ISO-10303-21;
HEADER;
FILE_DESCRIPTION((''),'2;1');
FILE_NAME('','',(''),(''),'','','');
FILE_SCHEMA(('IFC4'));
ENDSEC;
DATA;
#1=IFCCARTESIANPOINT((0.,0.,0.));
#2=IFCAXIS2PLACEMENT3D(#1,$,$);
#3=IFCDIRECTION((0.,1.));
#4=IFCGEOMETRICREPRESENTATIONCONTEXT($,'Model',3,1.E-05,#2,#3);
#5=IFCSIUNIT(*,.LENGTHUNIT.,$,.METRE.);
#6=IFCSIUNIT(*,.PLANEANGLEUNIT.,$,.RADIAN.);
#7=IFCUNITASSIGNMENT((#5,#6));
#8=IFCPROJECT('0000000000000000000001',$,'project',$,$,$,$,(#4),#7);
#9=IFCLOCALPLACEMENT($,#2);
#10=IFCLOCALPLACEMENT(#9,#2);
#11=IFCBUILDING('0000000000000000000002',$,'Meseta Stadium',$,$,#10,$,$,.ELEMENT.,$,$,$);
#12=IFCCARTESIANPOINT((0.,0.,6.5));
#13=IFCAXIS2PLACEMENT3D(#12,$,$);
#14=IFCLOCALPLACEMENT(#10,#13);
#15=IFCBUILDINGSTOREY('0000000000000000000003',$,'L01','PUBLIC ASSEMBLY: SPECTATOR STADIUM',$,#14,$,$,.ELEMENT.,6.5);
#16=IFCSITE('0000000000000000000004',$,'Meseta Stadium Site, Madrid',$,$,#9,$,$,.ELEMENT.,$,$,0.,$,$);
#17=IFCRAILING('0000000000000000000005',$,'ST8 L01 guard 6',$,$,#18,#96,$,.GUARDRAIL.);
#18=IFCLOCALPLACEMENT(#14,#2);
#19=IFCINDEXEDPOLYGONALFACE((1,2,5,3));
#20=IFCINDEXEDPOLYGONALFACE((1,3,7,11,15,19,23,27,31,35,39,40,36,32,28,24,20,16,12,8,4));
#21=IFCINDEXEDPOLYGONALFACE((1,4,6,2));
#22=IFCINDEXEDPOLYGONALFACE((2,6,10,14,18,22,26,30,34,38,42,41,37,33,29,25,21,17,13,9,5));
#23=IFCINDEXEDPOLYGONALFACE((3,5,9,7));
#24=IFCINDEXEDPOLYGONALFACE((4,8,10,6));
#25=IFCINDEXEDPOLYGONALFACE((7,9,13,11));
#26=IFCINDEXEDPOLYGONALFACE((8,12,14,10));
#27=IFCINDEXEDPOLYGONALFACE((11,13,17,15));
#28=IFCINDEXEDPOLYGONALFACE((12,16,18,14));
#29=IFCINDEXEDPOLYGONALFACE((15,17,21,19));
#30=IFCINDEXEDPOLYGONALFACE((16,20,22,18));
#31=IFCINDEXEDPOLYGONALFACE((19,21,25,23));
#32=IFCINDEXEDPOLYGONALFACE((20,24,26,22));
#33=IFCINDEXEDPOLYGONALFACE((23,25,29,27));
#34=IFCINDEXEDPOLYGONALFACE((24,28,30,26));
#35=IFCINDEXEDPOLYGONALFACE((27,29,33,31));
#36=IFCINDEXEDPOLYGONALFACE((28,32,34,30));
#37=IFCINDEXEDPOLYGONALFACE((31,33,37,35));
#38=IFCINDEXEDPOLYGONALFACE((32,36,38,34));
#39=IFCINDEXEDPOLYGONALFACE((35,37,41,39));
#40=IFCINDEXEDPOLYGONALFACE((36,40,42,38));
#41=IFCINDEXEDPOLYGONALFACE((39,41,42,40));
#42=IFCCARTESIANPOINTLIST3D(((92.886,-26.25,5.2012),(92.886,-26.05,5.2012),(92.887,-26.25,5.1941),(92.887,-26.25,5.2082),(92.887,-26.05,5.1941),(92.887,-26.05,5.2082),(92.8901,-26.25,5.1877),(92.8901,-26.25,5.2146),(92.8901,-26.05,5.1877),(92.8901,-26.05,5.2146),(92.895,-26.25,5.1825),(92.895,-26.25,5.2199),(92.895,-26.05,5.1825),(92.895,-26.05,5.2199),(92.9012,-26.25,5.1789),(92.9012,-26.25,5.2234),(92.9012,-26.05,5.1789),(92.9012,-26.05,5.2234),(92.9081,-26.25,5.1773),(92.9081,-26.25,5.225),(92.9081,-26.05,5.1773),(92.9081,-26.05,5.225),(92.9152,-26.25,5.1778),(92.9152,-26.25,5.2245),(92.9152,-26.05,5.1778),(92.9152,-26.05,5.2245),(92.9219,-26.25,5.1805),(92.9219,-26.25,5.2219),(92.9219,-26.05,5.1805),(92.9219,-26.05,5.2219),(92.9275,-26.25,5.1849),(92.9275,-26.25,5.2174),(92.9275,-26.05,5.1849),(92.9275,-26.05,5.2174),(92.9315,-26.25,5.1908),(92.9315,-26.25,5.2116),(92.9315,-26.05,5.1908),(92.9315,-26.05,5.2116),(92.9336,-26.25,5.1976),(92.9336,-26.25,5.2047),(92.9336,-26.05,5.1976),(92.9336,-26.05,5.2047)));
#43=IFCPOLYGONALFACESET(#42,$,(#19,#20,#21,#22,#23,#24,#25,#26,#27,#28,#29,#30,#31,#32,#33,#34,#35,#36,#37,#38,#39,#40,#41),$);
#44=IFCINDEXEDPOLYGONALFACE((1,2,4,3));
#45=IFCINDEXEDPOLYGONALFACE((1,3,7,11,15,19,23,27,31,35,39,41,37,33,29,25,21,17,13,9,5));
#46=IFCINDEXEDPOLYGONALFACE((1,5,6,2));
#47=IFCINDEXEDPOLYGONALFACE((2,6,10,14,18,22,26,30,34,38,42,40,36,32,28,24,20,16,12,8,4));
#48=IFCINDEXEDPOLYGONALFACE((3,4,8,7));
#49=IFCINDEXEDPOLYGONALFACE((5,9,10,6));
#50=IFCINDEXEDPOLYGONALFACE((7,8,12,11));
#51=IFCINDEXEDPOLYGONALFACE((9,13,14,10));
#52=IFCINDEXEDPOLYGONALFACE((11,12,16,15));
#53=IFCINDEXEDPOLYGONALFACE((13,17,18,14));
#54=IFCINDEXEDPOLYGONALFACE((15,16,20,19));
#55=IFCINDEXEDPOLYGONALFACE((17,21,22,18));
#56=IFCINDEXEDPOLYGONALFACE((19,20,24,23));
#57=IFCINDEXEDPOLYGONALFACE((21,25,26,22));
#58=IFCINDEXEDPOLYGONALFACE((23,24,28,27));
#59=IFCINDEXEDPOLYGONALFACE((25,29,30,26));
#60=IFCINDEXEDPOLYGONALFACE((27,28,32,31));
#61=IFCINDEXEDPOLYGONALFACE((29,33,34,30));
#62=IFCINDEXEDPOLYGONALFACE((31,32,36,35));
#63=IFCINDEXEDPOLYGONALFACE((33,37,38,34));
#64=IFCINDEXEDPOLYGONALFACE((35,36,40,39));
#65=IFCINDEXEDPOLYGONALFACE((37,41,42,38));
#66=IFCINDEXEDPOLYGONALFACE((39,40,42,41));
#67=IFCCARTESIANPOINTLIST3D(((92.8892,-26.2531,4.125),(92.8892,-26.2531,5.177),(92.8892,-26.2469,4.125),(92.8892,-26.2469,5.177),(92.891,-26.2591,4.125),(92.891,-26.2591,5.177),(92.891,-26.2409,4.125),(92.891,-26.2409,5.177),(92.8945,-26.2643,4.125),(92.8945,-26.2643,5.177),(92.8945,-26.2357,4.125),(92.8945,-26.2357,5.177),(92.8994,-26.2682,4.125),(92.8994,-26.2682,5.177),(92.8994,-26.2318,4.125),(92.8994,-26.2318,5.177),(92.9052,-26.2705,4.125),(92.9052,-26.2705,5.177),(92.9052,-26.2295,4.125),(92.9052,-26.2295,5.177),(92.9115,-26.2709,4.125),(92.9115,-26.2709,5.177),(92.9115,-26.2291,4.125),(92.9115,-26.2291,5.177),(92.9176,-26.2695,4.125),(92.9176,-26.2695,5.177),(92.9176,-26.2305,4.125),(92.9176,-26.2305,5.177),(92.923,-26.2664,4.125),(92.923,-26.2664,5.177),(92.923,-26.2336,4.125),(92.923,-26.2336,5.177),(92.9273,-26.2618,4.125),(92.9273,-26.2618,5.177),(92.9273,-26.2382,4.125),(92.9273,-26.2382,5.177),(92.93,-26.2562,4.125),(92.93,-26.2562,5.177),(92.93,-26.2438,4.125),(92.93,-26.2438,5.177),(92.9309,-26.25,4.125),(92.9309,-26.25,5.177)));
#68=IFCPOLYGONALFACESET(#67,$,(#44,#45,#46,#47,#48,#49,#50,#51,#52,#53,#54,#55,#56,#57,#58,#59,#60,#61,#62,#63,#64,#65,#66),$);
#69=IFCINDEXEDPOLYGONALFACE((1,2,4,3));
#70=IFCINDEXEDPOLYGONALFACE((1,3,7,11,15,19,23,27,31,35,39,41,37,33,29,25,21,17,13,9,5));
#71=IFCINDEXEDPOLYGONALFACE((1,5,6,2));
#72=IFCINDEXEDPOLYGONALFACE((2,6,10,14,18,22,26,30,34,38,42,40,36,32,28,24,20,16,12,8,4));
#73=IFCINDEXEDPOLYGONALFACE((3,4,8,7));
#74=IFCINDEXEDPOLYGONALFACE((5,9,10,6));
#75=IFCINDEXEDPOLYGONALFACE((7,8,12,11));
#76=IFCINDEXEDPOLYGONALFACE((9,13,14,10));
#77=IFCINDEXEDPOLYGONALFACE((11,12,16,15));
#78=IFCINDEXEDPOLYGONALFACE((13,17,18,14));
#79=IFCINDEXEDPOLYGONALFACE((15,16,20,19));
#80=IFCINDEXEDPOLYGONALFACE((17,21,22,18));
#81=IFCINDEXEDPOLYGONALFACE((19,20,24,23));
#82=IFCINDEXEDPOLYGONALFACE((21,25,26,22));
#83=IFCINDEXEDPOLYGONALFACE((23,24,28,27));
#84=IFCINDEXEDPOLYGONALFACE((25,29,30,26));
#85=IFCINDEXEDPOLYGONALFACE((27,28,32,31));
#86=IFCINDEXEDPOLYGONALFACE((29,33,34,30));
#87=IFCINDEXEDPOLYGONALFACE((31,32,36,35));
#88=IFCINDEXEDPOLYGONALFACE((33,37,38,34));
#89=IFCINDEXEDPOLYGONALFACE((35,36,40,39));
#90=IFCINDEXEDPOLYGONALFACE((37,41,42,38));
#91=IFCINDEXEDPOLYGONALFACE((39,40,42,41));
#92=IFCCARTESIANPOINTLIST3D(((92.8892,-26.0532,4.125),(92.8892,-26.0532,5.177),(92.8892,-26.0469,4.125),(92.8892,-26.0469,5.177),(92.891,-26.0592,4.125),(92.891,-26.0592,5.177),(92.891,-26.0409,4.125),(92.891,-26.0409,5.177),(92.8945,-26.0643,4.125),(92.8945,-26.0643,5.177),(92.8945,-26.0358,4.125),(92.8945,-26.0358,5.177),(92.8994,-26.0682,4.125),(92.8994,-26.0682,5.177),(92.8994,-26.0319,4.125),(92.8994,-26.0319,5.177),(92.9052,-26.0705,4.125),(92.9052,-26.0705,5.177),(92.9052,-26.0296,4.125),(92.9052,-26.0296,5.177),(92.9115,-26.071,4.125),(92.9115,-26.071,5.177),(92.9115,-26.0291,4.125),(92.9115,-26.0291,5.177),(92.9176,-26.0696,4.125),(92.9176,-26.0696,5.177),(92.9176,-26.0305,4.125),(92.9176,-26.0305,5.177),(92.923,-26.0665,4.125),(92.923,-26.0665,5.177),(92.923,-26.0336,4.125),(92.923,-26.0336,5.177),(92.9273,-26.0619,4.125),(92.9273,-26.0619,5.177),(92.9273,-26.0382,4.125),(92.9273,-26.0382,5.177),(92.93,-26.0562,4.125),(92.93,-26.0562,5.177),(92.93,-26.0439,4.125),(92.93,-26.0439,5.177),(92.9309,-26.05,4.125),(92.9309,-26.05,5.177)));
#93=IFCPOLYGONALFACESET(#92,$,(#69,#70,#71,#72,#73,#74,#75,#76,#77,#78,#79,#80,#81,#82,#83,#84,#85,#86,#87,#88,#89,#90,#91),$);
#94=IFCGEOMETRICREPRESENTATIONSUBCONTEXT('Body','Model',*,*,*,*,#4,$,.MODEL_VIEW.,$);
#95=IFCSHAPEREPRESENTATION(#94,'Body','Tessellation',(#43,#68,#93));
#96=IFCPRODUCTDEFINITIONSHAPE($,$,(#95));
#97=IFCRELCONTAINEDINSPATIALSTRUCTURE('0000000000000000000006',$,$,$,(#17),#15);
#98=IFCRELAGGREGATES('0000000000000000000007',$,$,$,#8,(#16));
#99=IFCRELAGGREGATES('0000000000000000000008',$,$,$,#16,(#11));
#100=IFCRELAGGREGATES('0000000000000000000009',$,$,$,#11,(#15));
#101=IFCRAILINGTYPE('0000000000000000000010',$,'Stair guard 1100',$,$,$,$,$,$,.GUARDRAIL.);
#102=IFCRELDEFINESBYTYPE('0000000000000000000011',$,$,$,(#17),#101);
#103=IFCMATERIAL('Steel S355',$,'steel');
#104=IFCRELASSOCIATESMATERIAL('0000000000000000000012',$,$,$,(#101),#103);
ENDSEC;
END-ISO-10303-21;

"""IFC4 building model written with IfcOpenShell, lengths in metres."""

from ifc_helpers import new_model, si_unit, direction, frame, origin, origin_2d, place, context, subcontext, project, spatial, circle, extrude, material, type_object, element, save


model = new_model("IFC4")

# Units and contexts
model_context = context("Model", 3, precision=1e-05, world=origin(), true_north=direction((0.0, 1.0)))
body_context = subcontext(model_context, "Body", "Model", "MODEL_VIEW")
ifc_project = project(units=[si_unit("LENGTHUNIT", "METRE"), si_unit("PLANEANGLEUNIT", "RADIAN")], contexts=[model_context])

# Site, building, storey
site_placement = place(None, origin())
site = spatial("IfcSite", under=ifc_project, at=site_placement, Name="Meseta Stadium Site, Madrid", CompositionType="ELEMENT", RefElevation=0.0)
building_placement = place(site_placement, origin())
building = spatial("IfcBuilding", under=site, at=building_placement, Name="Meseta Stadium", CompositionType="ELEMENT")
storey_placement = place(building_placement, frame((0.0, 0.0, 6.5)))
storey = spatial("IfcBuildingStorey", under=building, at=storey_placement, Name="L01", Description="PUBLIC ASSEMBLY: SPECTATOR STADIUM", CompositionType="ELEMENT", Elevation=6.5)

# Railing
ifc_material_1 = material(Name="Steel S355", Category="steel")
railing_type_1 = type_object("IfcRailingType", Name="Stair guard 1100", PredefinedType="GUARDRAIL", material=ifc_material_1)
railing_1_placement = place(storey_placement, frame((92.9099, -26.25, 4.125)))
element("IfcRailing", 1, at=railing_1_placement, inside=storey, type_object=railing_type_1, Name="ST8 L01 guard 6", PredefinedType="GUARDRAIL", context=body_context, shape_type="SweptSolid", body=[
    extrude(circle(Radius=0.0239, at=origin_2d()), frame((0.0, 0.0, 1.0762), z_axis=(0.0, 1.0, 0.0), x_axis=(-1.0, 0.0, 0.0)), (0.0, 0.0, 1.0), 0.2),
    extrude(circle(Radius=0.021, at=origin_2d()), origin(), (0.0, 0.0, 1.0), 1.052),
    extrude(circle(Radius=0.021, at=origin_2d()), frame((0.0, 0.2, 0.0)), (0.0, 0.0, 1.0), 1.052),
])

save(model, "model.ifc")
